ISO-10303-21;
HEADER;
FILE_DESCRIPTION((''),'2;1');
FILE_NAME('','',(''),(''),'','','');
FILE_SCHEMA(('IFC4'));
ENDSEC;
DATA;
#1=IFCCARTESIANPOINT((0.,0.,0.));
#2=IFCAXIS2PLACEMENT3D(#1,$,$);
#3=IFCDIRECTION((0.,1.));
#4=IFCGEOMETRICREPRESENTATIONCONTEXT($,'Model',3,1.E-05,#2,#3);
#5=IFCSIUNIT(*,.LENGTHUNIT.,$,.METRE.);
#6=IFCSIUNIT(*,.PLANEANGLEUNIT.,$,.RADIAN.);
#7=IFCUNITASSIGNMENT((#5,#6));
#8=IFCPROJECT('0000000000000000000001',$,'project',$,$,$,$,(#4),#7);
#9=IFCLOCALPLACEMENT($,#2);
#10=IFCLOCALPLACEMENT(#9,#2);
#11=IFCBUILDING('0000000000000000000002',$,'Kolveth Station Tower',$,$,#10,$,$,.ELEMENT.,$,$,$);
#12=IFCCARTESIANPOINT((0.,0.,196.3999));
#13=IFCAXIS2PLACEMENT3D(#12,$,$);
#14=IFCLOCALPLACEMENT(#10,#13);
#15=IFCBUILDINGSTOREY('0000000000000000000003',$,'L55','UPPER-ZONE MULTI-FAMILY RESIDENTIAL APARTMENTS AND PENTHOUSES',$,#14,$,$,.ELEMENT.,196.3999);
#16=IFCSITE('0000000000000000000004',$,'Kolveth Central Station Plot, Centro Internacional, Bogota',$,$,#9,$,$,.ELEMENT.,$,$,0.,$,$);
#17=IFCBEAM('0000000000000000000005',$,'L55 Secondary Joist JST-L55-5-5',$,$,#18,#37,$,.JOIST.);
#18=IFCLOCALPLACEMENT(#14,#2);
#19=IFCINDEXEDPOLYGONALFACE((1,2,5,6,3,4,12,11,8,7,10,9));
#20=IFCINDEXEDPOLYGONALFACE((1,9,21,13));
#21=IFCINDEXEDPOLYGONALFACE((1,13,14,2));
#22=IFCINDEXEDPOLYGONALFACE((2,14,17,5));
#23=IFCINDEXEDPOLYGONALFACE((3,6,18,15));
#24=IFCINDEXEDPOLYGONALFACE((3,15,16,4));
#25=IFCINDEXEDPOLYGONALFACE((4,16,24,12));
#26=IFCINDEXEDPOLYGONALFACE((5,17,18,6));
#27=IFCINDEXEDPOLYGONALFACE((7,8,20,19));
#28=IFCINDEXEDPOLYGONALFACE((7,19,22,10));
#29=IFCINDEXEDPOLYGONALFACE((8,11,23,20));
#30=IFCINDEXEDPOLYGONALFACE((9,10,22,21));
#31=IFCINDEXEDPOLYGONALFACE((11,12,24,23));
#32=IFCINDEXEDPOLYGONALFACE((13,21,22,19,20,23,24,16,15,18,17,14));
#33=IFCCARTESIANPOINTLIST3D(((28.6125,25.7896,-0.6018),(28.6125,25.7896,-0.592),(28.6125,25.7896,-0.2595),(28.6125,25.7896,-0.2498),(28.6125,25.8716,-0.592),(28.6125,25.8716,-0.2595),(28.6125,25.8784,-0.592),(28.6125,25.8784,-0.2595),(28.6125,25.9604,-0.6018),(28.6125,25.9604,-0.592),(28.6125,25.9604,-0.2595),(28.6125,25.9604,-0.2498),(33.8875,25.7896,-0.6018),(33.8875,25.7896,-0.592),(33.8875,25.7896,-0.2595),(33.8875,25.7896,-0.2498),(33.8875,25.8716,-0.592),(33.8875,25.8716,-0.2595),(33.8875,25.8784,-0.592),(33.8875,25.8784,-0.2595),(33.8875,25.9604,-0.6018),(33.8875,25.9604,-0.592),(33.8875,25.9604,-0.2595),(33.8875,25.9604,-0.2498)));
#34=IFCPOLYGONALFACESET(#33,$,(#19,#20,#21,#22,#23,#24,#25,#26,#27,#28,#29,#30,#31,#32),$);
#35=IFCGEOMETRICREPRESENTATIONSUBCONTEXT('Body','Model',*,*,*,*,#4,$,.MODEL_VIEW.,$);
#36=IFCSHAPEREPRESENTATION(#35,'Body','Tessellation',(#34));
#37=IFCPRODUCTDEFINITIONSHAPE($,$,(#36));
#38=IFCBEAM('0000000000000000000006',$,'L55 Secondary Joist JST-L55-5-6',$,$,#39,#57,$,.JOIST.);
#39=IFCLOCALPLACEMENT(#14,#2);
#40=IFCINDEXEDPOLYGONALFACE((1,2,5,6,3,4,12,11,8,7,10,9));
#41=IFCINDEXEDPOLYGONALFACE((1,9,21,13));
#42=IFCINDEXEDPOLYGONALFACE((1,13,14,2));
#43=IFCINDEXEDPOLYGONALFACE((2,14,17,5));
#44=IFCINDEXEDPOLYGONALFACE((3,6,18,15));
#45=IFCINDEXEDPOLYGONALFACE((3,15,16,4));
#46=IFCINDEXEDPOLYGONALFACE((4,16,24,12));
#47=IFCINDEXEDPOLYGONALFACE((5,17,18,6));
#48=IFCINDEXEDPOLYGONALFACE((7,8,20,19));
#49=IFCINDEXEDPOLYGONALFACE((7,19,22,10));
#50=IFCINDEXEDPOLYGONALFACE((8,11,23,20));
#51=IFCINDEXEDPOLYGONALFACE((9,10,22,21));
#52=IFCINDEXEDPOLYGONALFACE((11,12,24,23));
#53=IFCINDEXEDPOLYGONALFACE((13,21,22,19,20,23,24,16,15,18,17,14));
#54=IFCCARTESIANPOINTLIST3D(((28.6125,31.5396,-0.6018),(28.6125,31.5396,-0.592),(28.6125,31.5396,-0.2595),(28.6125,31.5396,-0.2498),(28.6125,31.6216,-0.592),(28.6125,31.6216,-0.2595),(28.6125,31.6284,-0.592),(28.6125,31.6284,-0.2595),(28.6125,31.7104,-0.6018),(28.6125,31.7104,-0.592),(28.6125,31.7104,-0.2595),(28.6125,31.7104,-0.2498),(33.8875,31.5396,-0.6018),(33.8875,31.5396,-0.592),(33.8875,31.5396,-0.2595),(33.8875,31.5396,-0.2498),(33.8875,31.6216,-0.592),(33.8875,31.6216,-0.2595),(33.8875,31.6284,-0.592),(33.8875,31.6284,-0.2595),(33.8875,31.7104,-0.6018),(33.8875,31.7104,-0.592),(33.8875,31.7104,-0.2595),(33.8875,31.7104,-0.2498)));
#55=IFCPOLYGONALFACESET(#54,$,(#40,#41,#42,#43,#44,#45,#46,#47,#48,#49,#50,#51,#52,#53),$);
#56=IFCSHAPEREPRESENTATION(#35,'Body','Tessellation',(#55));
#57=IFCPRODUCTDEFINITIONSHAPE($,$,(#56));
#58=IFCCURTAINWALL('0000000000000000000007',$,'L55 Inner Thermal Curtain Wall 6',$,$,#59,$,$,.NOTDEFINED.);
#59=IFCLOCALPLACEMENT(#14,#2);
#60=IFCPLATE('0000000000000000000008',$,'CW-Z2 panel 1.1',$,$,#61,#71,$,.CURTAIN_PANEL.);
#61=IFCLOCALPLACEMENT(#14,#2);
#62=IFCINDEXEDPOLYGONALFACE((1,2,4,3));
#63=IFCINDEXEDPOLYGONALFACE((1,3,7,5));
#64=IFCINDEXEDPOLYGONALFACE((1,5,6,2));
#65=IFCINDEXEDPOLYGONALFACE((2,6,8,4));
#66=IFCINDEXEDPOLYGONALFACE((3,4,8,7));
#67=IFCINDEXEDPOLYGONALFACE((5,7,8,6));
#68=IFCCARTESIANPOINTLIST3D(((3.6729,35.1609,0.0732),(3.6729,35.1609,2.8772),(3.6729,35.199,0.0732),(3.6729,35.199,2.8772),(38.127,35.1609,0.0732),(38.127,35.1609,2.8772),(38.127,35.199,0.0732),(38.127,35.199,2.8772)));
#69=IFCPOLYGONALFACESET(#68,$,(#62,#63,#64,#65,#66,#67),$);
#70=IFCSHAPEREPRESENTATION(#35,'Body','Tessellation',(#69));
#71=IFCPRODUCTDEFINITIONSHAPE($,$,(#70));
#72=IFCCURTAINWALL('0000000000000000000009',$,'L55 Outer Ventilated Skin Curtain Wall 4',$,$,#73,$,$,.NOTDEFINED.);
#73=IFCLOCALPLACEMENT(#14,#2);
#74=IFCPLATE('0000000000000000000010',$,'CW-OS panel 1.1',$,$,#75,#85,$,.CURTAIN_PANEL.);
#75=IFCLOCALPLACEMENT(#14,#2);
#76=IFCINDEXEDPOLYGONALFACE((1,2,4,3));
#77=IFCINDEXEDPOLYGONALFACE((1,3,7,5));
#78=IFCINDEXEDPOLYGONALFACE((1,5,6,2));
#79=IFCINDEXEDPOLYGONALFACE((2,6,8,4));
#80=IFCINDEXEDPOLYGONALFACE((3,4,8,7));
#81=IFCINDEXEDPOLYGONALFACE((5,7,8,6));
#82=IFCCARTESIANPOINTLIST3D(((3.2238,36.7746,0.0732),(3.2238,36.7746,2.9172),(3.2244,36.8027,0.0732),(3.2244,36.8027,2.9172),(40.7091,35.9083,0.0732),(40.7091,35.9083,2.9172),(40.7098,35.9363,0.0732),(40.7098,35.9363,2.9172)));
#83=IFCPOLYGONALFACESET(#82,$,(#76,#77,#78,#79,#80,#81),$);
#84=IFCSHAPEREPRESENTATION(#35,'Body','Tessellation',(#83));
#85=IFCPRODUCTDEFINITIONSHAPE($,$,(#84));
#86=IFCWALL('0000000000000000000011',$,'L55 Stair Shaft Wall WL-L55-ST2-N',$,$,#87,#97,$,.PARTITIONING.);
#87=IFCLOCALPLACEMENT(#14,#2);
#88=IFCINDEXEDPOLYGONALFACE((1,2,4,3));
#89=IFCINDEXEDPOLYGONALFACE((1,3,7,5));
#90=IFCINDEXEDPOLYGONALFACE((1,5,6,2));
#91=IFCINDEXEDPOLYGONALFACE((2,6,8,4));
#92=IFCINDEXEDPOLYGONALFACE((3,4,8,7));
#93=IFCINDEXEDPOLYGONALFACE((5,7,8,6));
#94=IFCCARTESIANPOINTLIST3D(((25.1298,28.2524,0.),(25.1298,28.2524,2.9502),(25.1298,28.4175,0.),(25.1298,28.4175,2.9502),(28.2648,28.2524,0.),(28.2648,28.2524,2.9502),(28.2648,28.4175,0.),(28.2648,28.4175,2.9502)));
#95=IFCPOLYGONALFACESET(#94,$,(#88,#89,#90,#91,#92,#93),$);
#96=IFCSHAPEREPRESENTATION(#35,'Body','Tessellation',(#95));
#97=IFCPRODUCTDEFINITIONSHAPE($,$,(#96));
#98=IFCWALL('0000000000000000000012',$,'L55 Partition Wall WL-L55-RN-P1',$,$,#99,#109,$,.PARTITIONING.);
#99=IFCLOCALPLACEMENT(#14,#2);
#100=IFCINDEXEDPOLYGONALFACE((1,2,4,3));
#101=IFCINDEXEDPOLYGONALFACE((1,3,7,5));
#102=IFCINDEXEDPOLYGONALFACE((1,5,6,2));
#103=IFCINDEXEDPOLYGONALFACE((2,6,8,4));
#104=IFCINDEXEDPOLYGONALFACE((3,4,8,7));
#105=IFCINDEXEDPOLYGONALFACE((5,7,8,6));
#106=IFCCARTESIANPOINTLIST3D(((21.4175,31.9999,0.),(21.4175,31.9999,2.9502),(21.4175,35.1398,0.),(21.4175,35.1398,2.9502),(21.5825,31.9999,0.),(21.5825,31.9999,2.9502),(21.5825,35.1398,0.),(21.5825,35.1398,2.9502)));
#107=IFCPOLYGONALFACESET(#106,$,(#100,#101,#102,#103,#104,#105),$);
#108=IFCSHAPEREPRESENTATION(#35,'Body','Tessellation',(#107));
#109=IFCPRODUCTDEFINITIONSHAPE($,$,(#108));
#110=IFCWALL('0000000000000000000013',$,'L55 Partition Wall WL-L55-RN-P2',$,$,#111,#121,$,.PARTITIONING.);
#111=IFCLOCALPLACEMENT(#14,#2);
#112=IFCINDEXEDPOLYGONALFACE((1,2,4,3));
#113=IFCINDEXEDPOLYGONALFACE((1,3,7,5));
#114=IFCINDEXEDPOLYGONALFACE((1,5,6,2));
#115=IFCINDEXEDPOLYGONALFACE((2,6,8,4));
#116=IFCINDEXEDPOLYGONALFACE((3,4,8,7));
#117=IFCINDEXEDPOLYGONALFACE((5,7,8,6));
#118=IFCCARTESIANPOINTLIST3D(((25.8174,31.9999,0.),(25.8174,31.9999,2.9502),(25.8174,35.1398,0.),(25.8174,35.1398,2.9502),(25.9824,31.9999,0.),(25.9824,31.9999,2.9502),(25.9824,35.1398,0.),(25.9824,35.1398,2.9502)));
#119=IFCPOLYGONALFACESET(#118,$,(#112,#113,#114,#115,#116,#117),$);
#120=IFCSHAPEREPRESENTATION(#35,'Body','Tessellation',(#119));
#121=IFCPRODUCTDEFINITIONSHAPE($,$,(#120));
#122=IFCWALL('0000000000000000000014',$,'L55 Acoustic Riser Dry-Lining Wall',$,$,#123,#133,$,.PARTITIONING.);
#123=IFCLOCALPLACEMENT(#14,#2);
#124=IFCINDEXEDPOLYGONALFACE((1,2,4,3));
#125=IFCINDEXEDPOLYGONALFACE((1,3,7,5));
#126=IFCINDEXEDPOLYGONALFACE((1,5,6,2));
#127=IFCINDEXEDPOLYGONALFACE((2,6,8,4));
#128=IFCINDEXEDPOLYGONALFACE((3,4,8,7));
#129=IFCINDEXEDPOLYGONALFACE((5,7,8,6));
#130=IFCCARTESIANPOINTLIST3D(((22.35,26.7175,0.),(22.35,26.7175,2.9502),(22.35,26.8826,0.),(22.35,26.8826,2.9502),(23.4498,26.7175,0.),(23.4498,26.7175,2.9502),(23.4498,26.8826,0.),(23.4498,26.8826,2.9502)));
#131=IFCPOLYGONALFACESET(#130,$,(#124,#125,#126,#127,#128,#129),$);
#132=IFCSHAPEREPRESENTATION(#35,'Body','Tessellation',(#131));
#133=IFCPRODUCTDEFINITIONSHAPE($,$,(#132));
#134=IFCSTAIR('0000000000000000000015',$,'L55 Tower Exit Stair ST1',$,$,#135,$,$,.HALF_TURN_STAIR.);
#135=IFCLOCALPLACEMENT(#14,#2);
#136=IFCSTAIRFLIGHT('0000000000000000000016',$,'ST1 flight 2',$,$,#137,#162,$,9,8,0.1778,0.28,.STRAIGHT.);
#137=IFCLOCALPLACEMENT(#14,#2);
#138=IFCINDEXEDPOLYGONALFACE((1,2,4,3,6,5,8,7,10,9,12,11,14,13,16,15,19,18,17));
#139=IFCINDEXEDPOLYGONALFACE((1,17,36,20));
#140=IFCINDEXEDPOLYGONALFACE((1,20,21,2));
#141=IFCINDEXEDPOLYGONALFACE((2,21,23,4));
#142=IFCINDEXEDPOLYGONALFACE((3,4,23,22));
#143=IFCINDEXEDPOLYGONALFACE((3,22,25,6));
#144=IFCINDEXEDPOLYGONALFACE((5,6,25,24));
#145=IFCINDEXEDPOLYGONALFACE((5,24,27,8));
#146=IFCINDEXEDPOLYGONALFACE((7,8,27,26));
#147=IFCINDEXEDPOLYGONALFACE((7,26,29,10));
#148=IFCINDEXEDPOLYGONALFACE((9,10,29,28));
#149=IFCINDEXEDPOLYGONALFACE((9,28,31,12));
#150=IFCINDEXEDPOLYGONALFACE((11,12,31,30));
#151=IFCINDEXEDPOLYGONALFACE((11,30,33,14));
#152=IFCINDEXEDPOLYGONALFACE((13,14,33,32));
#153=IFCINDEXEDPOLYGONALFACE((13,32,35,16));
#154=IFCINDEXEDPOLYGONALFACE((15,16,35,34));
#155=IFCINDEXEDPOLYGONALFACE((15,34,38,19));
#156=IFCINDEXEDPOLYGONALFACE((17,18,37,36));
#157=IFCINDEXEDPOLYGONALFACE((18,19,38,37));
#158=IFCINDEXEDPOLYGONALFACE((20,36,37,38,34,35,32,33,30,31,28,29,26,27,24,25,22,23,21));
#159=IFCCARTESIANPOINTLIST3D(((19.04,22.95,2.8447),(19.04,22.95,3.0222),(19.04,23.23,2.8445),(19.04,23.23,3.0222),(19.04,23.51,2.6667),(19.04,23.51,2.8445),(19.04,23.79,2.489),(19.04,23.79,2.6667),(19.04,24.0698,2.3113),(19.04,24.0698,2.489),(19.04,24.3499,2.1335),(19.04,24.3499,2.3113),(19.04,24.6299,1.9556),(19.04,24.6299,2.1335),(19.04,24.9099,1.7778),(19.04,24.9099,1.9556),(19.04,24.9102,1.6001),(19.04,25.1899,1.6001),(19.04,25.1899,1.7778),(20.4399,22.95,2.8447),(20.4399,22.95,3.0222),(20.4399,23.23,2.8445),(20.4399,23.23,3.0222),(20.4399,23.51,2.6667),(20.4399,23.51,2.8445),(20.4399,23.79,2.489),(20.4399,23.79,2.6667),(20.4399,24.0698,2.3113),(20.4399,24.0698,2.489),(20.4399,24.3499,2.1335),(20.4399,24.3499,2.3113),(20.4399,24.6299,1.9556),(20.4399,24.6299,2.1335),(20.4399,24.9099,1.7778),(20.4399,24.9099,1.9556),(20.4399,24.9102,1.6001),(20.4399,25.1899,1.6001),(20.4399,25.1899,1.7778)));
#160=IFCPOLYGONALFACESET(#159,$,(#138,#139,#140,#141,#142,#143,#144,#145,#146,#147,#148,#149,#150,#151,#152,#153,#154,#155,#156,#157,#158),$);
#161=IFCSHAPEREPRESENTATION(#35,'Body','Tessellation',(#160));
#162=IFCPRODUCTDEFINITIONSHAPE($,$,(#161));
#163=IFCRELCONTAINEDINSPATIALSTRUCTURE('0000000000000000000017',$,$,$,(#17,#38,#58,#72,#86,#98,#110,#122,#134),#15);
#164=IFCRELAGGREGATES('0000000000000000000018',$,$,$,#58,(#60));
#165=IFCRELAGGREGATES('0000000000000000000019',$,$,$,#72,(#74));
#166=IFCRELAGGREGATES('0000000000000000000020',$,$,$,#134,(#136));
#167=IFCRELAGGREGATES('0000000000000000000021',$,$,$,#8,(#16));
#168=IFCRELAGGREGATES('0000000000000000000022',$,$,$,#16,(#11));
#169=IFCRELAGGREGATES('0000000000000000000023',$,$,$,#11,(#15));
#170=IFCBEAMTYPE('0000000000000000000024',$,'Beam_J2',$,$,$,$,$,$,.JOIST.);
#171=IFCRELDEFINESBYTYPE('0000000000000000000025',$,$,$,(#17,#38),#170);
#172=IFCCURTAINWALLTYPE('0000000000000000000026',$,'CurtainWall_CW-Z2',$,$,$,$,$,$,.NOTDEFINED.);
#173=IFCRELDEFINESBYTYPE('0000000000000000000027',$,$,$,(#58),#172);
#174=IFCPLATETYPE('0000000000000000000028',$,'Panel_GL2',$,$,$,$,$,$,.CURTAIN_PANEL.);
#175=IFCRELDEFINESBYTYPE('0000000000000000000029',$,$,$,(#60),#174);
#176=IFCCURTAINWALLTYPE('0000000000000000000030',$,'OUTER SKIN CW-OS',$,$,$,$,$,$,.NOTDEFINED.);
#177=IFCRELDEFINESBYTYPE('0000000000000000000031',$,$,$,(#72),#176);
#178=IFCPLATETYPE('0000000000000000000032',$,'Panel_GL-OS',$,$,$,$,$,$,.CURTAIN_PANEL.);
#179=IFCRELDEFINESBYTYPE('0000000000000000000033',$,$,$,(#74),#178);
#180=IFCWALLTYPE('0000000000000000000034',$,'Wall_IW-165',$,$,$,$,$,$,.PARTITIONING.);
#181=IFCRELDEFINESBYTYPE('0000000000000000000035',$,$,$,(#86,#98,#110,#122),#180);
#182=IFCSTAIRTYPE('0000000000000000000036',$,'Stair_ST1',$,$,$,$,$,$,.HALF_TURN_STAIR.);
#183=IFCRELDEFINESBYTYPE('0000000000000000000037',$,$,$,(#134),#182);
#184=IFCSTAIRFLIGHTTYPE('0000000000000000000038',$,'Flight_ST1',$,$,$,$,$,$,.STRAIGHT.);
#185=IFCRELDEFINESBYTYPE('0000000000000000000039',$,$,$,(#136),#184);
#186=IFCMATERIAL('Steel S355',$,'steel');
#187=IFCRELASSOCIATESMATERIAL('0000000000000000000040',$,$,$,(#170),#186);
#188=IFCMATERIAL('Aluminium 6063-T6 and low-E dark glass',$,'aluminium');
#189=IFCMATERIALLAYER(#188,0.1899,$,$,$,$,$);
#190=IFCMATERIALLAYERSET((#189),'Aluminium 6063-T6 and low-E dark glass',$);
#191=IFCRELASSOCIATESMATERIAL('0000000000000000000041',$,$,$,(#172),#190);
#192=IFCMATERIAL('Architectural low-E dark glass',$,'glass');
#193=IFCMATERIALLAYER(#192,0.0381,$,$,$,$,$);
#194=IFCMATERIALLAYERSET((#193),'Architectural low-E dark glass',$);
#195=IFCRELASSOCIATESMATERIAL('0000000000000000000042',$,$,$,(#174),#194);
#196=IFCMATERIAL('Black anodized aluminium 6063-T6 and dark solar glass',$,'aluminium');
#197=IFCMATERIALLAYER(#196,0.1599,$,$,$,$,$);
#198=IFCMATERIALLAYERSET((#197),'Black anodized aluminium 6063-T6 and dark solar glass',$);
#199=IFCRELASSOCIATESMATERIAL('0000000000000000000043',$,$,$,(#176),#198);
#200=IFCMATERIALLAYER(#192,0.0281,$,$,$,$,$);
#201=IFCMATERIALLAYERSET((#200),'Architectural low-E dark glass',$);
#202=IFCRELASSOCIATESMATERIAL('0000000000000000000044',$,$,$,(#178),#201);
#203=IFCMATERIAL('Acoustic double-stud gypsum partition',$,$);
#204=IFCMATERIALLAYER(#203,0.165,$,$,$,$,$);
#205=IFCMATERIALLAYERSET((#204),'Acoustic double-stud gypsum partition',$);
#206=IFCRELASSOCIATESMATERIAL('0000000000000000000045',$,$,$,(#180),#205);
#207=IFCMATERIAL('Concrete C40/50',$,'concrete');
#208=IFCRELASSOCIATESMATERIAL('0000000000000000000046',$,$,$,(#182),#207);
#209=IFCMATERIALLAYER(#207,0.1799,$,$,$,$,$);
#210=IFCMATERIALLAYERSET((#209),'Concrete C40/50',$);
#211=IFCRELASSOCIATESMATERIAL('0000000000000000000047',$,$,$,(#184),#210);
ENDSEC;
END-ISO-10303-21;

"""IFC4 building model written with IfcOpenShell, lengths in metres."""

from ifc_helpers import new_model, si_unit, direction, frame, frame_2d, origin, origin_2d, place, context, subcontext, project, spatial, polyline, rectangle, i_section, outline, extrude, source, transform, mapped, material, layer, layer_set, material_profile, profile_set, type_object, element, aggregate, save


model = new_model("IFC4")

# Units and contexts
model_context = context("Model", 3, precision=1e-05, world=origin(), true_north=direction((0.0, 1.0)))
body_context = subcontext(model_context, "Body", "Model", "MODEL_VIEW")
ifc_project = project(units=[si_unit("LENGTHUNIT", "METRE"), si_unit("PLANEANGLEUNIT", "RADIAN")], contexts=[model_context])

# Site, building, storey
site_placement = place(None, origin())
site = spatial("IfcSite", under=ifc_project, at=site_placement, Name="Kolveth Central Station Plot, Centro Internacional, Bogota", CompositionType="ELEMENT", RefElevation=0.0)
building_placement = place(site_placement, origin())
building = spatial("IfcBuilding", under=site, at=building_placement, Name="Kolveth Station Tower", CompositionType="ELEMENT")
storey_placement = place(building_placement, frame((0.0, 0.0, 196.3999)))
storey = spatial("IfcBuildingStorey", under=building, at=storey_placement, Name="L55", Description="UPPER-ZONE MULTI-FAMILY RESIDENTIAL APARTMENTS AND PENTHOUSES", CompositionType="ELEMENT", Elevation=196.3999)

# Shared definitions
ifc_material_1 = material(Name="Steel S355", Category="steel")

# Beams
ifc_material_profile_1 = material_profile(ifc_material_1, i_section(OverallWidth=0.1709, OverallDepth=0.3521, WebThickness=0.0068, FlangeThickness=0.0098, at=origin_2d()), Name="W360x44")
ifc_profile_set_1 = profile_set([ifc_material_profile_1], Name="Steel S355")
beam_type_1 = type_object("IfcBeamType", Name="Beam_J2", PredefinedType="JOIST", material=ifc_profile_set_1)
shared_shape_1 = source(origin(), body_context, "Body", "SweptSolid", [
    extrude(i_section(OverallWidth=0.1709, OverallDepth=0.3521, WebThickness=0.0068, FlangeThickness=0.0098, at=origin_2d()), origin(), (0.0, 0.0, 1.0), 5.2749),
])
for number, where, z_axis, x_axis, name in (
    (1, (28.6125, 25.875, -0.4258), (1.0, 0.0, 0.0), (0.0, 1.0, 0.0), "L55 Secondary Joist JST-L55-5-5"),
    (2, (28.6125, 31.625, -0.4258), (1.0, 0.0, 0.0), (0.0, 1.0, 0.0), "L55 Secondary Joist JST-L55-5-6"),
):
    element("IfcBeam", number, at=place(storey_placement, frame(where, z_axis=z_axis, x_axis=x_axis)), inside=storey, type_object=beam_type_1, Name=name, PredefinedType="JOIST", context=body_context, shape_type="MappedRepresentation", body=[
        mapped(shared_shape_1, transform((0.0, 0.0, 0.0), x_axis=(1.0, 0.0, 0.0), y_axis=(0.0, 1.0, 0.0), z_axis=(0.0, 0.0, 1.0), scale=1.0)),
    ])

# Curtain walls, plates
ifc_material_2 = material(Name="Aluminium 6063-T6 and low-E dark glass", Category="aluminium")
ifc_layer_1 = layer(ifc_material_2, 0.1899)
ifc_layer_set_1 = layer_set([ifc_layer_1], Name="Aluminium 6063-T6 and low-E dark glass")
curtain_wall_type_1 = type_object("IfcCurtainWallType", Name="CurtainWall_CW-Z2", PredefinedType="NOTDEFINED", material=ifc_layer_set_1)
curtain_wall_1_placement = place(storey_placement, origin())
curtain_wall_1 = element("IfcCurtainWall", 3, at=curtain_wall_1_placement, inside=storey, type_object=curtain_wall_type_1, Name="L55 Inner Thermal Curtain Wall 6", PredefinedType="NOTDEFINED")
ifc_material_3 = material(Name="Architectural low-E dark glass", Category="glass")
ifc_layer_2 = layer(ifc_material_3, 0.0381)
ifc_layer_set_2 = layer_set([ifc_layer_2], Name="Architectural low-E dark glass")
plate_type_1 = type_object("IfcPlateType", Name="Panel_GL2", PredefinedType="CURTAIN_PANEL", material=ifc_layer_set_2)
shared_shape_2 = source(origin(), body_context, "Body", "SweptSolid", [
    extrude(rectangle(XDim=34.4541, YDim=0.0381, at=origin_2d()), origin(), (0.0, 0.0, 1.0), 2.804),
])
plate_1_placement = place(storey_placement, frame((20.8999, 35.1799, 0.0732), z_axis=(0.0, 0.0, 1.0), x_axis=(-1.0, 0.0, 0.0)))
plate_1 = element("IfcPlate", 4, at=plate_1_placement, type_object=plate_type_1, Name="CW-Z2 panel 1.1", PredefinedType="CURTAIN_PANEL", context=body_context, shape_type="MappedRepresentation", body=[
    mapped(shared_shape_2, transform((0.0, 0.0, 0.0), x_axis=(1.0, 0.0, 0.0), y_axis=(0.0, 1.0, 0.0), z_axis=(0.0, 0.0, 1.0), scale=1.0)),
])
aggregate(curtain_wall_1, [plate_1])
ifc_material_4 = material(Name="Black anodized aluminium 6063-T6 and dark solar glass", Category="aluminium")
ifc_layer_3 = layer(ifc_material_4, 0.1599)
ifc_layer_set_3 = layer_set([ifc_layer_3], Name="Black anodized aluminium 6063-T6 and dark solar glass")
curtain_wall_type_2 = type_object("IfcCurtainWallType", Name="OUTER SKIN CW-OS", PredefinedType="NOTDEFINED", material=ifc_layer_set_3)
curtain_wall_2_placement = place(storey_placement, origin())
curtain_wall_2 = element("IfcCurtainWall", 5, at=curtain_wall_2_placement, inside=storey, type_object=curtain_wall_type_2, Name="L55 Outer Ventilated Skin Curtain Wall 4", PredefinedType="NOTDEFINED")
ifc_layer_4 = layer(ifc_material_3, 0.0281)
ifc_layer_set_4 = layer_set([ifc_layer_4], Name="Architectural low-E dark glass")
plate_type_2 = type_object("IfcPlateType", Name="Panel_GL-OS", PredefinedType="CURTAIN_PANEL", material=ifc_layer_set_4)
shared_shape_3 = source(origin(), body_context, "Body", "SweptSolid", [
    extrude(rectangle(XDim=37.4954, YDim=0.0281, at=origin_2d()), origin(), (0.0, 0.0, 1.0), 2.844),
])
plate_2_placement = place(storey_placement, frame((21.9668, 36.3555, 0.0732), z_axis=(0.0, 0.0, 1.0), x_axis=(-0.999733, 0.023106, 0.0)))
plate_2 = element("IfcPlate", 6, at=plate_2_placement, type_object=plate_type_2, Name="CW-OS panel 1.1", PredefinedType="CURTAIN_PANEL", context=body_context, shape_type="MappedRepresentation", body=[
    mapped(shared_shape_3, transform((0.0, 0.0, 0.0), x_axis=(1.0, 0.0, 0.0), y_axis=(0.0, 1.0, 0.0), z_axis=(0.0, 0.0, 1.0), scale=1.0)),
])
aggregate(curtain_wall_2, [plate_2])

# Walls
ifc_material_5 = material(Name="Acoustic double-stud gypsum partition")
ifc_layer_5 = layer(ifc_material_5, 0.165)
ifc_layer_set_5 = layer_set([ifc_layer_5], Name="Acoustic double-stud gypsum partition")
wall_type = type_object("IfcWallType", Name="Wall_IW-165", PredefinedType="PARTITIONING", material=ifc_layer_set_5)
wall_1_placement = place(storey_placement, frame((25.1299, 28.335, 0.0), z_axis=(0.0, 0.0, 1.0), x_axis=(1.0, 0.0, 0.0)))
element("IfcWall", 7, at=wall_1_placement, inside=storey, type_object=wall_type, Name="L55 Stair Shaft Wall WL-L55-ST2-N", PredefinedType="PARTITIONING", context=body_context, shape_type="SweptSolid", body=[
    extrude(rectangle(XDim=3.135, YDim=0.165, at=frame_2d((1.5674, 0.0))), origin(), (0.0, 0.0, 1.0), 2.9502),
])
for number, where, z_axis, x_axis, name in (
    (8, (21.5, 32.0, 0.0), (0.0, 0.0, 1.0), (0.0, 1.0, 0.0), "L55 Partition Wall WL-L55-RN-P1"),
    (9, (25.8999, 32.0, 0.0), (0.0, 0.0, 1.0), (0.0, 1.0, 0.0), "L55 Partition Wall WL-L55-RN-P2"),
):
    element("IfcWall", number, at=place(storey_placement, frame(where, z_axis=z_axis, x_axis=x_axis)), inside=storey, type_object=wall_type, Name=name, PredefinedType="PARTITIONING", context=body_context, shape_type="SweptSolid", body=[
        extrude(rectangle(XDim=3.1399, YDim=0.165, at=frame_2d((1.5698, 0.0))), origin(), (0.0, 0.0, 1.0), 2.9502),
    ])
wall_2_placement = place(storey_placement, frame((22.3501, 26.8, 0.0), z_axis=(0.0, 0.0, 1.0), x_axis=(1.0, 0.0, 0.0)))
element("IfcWall", 10, at=wall_2_placement, inside=storey, type_object=wall_type, Name="L55 Acoustic Riser Dry-Lining Wall", PredefinedType="PARTITIONING", context=body_context, shape_type="SweptSolid", body=[
    extrude(rectangle(XDim=1.0999, YDim=0.165, at=frame_2d((0.5498, 0.0))), origin(), (0.0, 0.0, 1.0), 2.9502),
])

# Stair, stair flight
ifc_material_6 = material(Name="Concrete C40/50", Category="concrete")
stair_type_1 = type_object("IfcStairType", Name="Stair_ST1", PredefinedType="HALF_TURN_STAIR", material=ifc_material_6)
stair_1_placement = place(storey_placement, origin())
stair_1 = element("IfcStair", 11, at=stair_1_placement, inside=storey, type_object=stair_type_1, Name="L55 Tower Exit Stair ST1", PredefinedType="HALF_TURN_STAIR")
ifc_layer_6 = layer(ifc_material_6, 0.1799)
ifc_layer_set_6 = layer_set([ifc_layer_6], Name="Concrete C40/50")
stair_flight_type_1 = type_object("IfcStairFlightType", Name="Flight_ST1", PredefinedType="STRAIGHT", material=ifc_layer_set_6)
stair_flight_1_placement = place(storey_placement, frame((19.74, 25.1899, 1.6001), z_axis=(0.0, 0.0, 1.0), x_axis=(0.0, -1.0, 0.0)))
stair_flight_1 = element("IfcStairFlight", 12, at=stair_flight_1_placement, type_object=stair_flight_type_1, Name="ST1 flight 2", NumberOfRisers=9, NumberOfTreads=8, PredefinedType="STRAIGHT", RiserHeight=0.1778, TreadLength=0.28, context=body_context, shape_type="SweptSolid", body=[
    extrude(outline(polyline([(0.0, 0.0), (0.0, 0.1777), (0.28, 0.1777), (0.28, 0.3555), (0.5601, 0.3555), (0.5601, 0.5334), (0.8401, 0.5334), (0.8401, 0.7112), (1.1201, 0.7112), (1.1201, 0.8889), (1.3999, 0.8889), (1.3999, 1.0667), (1.6799, 1.0667), (1.6799, 1.2444), (1.96, 1.2444), (1.96, 1.4221), (2.24, 1.4221), (2.24, 1.6001), (2.24, 1.2446), (0.2798, 0.0), (0.0, 0.0)])), frame((0.0, 0.7, 0.0), z_axis=(0.0, -1.0, 0.0), x_axis=(1.0, 0.0, 0.0)), (0.0, 0.0, 1.0), 1.3999),
])
aggregate(stair_1, [stair_flight_1])

save(model, "model.ifc")
